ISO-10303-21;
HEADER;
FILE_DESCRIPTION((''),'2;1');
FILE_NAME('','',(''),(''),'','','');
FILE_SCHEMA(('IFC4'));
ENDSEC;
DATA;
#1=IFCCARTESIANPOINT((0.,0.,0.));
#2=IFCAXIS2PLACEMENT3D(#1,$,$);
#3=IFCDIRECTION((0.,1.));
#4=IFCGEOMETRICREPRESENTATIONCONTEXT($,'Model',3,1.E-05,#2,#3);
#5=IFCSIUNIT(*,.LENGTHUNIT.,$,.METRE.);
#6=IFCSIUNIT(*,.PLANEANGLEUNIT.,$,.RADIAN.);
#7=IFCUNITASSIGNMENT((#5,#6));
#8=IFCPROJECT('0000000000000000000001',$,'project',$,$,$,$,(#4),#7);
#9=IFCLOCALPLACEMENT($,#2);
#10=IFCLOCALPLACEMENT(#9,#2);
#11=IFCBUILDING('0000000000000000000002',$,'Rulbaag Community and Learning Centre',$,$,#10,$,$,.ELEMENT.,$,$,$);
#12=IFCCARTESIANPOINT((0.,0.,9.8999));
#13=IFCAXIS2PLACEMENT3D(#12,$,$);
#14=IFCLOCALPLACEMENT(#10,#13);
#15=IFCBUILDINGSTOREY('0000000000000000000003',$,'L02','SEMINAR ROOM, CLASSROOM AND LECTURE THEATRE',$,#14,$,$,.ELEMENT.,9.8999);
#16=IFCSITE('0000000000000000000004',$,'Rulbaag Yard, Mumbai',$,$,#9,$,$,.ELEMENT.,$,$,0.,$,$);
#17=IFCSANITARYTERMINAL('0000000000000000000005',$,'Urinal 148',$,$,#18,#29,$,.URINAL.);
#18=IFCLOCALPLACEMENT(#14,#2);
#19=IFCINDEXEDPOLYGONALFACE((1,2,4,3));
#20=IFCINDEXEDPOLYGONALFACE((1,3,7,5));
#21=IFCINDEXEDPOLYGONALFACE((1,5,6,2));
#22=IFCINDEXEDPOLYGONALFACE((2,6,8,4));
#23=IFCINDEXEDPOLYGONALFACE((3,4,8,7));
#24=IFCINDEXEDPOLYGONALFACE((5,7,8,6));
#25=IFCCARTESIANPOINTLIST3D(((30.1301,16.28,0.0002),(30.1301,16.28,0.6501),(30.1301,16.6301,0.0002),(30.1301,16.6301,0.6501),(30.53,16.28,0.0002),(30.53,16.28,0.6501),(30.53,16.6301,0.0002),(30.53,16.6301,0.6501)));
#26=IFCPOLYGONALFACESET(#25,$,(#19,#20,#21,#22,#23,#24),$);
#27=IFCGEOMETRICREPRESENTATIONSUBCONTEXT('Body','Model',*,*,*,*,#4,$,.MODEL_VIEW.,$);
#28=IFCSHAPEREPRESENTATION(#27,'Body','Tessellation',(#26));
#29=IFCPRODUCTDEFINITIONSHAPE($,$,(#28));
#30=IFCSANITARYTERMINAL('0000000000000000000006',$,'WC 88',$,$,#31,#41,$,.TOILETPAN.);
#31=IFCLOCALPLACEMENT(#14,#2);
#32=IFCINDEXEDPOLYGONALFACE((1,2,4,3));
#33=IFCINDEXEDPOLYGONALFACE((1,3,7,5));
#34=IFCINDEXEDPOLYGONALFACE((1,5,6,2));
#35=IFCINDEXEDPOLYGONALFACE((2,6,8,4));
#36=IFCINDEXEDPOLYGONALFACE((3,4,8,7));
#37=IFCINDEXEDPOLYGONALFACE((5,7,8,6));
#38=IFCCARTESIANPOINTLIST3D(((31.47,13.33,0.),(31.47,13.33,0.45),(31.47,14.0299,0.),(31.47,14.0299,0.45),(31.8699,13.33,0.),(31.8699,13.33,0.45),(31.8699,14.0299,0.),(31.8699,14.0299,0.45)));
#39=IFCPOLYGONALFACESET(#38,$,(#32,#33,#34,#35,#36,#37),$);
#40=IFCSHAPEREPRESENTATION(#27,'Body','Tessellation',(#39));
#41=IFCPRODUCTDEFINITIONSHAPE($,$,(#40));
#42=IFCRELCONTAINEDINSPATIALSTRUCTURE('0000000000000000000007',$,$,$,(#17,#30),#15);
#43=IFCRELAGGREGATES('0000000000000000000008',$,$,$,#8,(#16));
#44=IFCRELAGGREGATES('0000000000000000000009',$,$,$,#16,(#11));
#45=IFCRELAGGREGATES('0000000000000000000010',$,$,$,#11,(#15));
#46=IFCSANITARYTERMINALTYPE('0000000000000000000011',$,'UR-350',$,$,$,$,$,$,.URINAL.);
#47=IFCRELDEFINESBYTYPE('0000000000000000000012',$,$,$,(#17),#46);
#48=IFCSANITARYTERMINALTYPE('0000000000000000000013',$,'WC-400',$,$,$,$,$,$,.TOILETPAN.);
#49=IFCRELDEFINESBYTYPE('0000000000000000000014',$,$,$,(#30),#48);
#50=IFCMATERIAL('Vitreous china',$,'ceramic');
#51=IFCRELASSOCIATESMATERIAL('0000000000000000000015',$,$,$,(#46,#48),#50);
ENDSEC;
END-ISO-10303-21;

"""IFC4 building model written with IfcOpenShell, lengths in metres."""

from ifc_helpers import new_model, si_unit, direction, frame, origin, origin_2d, place, context, subcontext, project, spatial, rectangle, extrude, material, type_object, element, save


model = new_model("IFC4")

# Units and contexts
model_context = context("Model", 3, precision=1e-05, world=origin(), true_north=direction((0.0, 1.0)))
body_context = subcontext(model_context, "Body", "Model", "MODEL_VIEW")
ifc_project = project(units=[si_unit("LENGTHUNIT", "METRE"), si_unit("PLANEANGLEUNIT", "RADIAN")], contexts=[model_context])

# Site, building, storey
site_placement = place(None, origin())
site = spatial("IfcSite", under=ifc_project, at=site_placement, Name="Rulbaag Yard, Mumbai", CompositionType="ELEMENT", RefElevation=0.0)
building_placement = place(site_placement, origin())
building = spatial("IfcBuilding", under=site, at=building_placement, Name="Rulbaag Community and Learning Centre", CompositionType="ELEMENT")
storey_placement = place(building_placement, frame((0.0, 0.0, 9.8999)))
storey = spatial("IfcBuildingStorey", under=building, at=storey_placement, Name="L02", Description="SEMINAR ROOM, CLASSROOM AND LECTURE THEATRE", CompositionType="ELEMENT", Elevation=9.8999)

# Sanitary terminals
ifc_material_1 = material(Name="Vitreous china", Category="ceramic")
sanitary_terminal_type_1 = type_object("IfcSanitaryTerminalType", Name="UR-350", PredefinedType="URINAL", material=ifc_material_1)
sanitary_terminal_1_placement = place(storey_placement, frame((30.3301, 16.4551, 0.0002), z_axis=(0.0, 0.0, 1.0), x_axis=(1.0, 0.0, 0.0)))
element("IfcSanitaryTerminal", 1, at=sanitary_terminal_1_placement, inside=storey, type_object=sanitary_terminal_type_1, Name="Urinal 148", PredefinedType="URINAL", context=body_context, shape_type="SweptSolid", body=[
    extrude(rectangle(XDim=0.3999, YDim=0.3501, at=origin_2d()), origin(), (0.0, 0.0, 1.0), 0.6499),
])
sanitary_terminal_type_2 = type_object("IfcSanitaryTerminalType", Name="WC-400", PredefinedType="TOILETPAN", material=ifc_material_1)
sanitary_terminal_2_placement = place(storey_placement, frame((31.6699, 13.6799, 0.0), z_axis=(0.0, 0.0, 1.0), x_axis=(1.0, 0.0, 0.0)))
element("IfcSanitaryTerminal", 2, at=sanitary_terminal_2_placement, inside=storey, type_object=sanitary_terminal_type_2, Name="WC 88", PredefinedType="TOILETPAN", context=body_context, shape_type="SweptSolid", body=[
    extrude(rectangle(XDim=0.3999, YDim=0.7, at=origin_2d()), origin(), (0.0, 0.0, 1.0), 0.45),
])

save(model, "model.ifc")
